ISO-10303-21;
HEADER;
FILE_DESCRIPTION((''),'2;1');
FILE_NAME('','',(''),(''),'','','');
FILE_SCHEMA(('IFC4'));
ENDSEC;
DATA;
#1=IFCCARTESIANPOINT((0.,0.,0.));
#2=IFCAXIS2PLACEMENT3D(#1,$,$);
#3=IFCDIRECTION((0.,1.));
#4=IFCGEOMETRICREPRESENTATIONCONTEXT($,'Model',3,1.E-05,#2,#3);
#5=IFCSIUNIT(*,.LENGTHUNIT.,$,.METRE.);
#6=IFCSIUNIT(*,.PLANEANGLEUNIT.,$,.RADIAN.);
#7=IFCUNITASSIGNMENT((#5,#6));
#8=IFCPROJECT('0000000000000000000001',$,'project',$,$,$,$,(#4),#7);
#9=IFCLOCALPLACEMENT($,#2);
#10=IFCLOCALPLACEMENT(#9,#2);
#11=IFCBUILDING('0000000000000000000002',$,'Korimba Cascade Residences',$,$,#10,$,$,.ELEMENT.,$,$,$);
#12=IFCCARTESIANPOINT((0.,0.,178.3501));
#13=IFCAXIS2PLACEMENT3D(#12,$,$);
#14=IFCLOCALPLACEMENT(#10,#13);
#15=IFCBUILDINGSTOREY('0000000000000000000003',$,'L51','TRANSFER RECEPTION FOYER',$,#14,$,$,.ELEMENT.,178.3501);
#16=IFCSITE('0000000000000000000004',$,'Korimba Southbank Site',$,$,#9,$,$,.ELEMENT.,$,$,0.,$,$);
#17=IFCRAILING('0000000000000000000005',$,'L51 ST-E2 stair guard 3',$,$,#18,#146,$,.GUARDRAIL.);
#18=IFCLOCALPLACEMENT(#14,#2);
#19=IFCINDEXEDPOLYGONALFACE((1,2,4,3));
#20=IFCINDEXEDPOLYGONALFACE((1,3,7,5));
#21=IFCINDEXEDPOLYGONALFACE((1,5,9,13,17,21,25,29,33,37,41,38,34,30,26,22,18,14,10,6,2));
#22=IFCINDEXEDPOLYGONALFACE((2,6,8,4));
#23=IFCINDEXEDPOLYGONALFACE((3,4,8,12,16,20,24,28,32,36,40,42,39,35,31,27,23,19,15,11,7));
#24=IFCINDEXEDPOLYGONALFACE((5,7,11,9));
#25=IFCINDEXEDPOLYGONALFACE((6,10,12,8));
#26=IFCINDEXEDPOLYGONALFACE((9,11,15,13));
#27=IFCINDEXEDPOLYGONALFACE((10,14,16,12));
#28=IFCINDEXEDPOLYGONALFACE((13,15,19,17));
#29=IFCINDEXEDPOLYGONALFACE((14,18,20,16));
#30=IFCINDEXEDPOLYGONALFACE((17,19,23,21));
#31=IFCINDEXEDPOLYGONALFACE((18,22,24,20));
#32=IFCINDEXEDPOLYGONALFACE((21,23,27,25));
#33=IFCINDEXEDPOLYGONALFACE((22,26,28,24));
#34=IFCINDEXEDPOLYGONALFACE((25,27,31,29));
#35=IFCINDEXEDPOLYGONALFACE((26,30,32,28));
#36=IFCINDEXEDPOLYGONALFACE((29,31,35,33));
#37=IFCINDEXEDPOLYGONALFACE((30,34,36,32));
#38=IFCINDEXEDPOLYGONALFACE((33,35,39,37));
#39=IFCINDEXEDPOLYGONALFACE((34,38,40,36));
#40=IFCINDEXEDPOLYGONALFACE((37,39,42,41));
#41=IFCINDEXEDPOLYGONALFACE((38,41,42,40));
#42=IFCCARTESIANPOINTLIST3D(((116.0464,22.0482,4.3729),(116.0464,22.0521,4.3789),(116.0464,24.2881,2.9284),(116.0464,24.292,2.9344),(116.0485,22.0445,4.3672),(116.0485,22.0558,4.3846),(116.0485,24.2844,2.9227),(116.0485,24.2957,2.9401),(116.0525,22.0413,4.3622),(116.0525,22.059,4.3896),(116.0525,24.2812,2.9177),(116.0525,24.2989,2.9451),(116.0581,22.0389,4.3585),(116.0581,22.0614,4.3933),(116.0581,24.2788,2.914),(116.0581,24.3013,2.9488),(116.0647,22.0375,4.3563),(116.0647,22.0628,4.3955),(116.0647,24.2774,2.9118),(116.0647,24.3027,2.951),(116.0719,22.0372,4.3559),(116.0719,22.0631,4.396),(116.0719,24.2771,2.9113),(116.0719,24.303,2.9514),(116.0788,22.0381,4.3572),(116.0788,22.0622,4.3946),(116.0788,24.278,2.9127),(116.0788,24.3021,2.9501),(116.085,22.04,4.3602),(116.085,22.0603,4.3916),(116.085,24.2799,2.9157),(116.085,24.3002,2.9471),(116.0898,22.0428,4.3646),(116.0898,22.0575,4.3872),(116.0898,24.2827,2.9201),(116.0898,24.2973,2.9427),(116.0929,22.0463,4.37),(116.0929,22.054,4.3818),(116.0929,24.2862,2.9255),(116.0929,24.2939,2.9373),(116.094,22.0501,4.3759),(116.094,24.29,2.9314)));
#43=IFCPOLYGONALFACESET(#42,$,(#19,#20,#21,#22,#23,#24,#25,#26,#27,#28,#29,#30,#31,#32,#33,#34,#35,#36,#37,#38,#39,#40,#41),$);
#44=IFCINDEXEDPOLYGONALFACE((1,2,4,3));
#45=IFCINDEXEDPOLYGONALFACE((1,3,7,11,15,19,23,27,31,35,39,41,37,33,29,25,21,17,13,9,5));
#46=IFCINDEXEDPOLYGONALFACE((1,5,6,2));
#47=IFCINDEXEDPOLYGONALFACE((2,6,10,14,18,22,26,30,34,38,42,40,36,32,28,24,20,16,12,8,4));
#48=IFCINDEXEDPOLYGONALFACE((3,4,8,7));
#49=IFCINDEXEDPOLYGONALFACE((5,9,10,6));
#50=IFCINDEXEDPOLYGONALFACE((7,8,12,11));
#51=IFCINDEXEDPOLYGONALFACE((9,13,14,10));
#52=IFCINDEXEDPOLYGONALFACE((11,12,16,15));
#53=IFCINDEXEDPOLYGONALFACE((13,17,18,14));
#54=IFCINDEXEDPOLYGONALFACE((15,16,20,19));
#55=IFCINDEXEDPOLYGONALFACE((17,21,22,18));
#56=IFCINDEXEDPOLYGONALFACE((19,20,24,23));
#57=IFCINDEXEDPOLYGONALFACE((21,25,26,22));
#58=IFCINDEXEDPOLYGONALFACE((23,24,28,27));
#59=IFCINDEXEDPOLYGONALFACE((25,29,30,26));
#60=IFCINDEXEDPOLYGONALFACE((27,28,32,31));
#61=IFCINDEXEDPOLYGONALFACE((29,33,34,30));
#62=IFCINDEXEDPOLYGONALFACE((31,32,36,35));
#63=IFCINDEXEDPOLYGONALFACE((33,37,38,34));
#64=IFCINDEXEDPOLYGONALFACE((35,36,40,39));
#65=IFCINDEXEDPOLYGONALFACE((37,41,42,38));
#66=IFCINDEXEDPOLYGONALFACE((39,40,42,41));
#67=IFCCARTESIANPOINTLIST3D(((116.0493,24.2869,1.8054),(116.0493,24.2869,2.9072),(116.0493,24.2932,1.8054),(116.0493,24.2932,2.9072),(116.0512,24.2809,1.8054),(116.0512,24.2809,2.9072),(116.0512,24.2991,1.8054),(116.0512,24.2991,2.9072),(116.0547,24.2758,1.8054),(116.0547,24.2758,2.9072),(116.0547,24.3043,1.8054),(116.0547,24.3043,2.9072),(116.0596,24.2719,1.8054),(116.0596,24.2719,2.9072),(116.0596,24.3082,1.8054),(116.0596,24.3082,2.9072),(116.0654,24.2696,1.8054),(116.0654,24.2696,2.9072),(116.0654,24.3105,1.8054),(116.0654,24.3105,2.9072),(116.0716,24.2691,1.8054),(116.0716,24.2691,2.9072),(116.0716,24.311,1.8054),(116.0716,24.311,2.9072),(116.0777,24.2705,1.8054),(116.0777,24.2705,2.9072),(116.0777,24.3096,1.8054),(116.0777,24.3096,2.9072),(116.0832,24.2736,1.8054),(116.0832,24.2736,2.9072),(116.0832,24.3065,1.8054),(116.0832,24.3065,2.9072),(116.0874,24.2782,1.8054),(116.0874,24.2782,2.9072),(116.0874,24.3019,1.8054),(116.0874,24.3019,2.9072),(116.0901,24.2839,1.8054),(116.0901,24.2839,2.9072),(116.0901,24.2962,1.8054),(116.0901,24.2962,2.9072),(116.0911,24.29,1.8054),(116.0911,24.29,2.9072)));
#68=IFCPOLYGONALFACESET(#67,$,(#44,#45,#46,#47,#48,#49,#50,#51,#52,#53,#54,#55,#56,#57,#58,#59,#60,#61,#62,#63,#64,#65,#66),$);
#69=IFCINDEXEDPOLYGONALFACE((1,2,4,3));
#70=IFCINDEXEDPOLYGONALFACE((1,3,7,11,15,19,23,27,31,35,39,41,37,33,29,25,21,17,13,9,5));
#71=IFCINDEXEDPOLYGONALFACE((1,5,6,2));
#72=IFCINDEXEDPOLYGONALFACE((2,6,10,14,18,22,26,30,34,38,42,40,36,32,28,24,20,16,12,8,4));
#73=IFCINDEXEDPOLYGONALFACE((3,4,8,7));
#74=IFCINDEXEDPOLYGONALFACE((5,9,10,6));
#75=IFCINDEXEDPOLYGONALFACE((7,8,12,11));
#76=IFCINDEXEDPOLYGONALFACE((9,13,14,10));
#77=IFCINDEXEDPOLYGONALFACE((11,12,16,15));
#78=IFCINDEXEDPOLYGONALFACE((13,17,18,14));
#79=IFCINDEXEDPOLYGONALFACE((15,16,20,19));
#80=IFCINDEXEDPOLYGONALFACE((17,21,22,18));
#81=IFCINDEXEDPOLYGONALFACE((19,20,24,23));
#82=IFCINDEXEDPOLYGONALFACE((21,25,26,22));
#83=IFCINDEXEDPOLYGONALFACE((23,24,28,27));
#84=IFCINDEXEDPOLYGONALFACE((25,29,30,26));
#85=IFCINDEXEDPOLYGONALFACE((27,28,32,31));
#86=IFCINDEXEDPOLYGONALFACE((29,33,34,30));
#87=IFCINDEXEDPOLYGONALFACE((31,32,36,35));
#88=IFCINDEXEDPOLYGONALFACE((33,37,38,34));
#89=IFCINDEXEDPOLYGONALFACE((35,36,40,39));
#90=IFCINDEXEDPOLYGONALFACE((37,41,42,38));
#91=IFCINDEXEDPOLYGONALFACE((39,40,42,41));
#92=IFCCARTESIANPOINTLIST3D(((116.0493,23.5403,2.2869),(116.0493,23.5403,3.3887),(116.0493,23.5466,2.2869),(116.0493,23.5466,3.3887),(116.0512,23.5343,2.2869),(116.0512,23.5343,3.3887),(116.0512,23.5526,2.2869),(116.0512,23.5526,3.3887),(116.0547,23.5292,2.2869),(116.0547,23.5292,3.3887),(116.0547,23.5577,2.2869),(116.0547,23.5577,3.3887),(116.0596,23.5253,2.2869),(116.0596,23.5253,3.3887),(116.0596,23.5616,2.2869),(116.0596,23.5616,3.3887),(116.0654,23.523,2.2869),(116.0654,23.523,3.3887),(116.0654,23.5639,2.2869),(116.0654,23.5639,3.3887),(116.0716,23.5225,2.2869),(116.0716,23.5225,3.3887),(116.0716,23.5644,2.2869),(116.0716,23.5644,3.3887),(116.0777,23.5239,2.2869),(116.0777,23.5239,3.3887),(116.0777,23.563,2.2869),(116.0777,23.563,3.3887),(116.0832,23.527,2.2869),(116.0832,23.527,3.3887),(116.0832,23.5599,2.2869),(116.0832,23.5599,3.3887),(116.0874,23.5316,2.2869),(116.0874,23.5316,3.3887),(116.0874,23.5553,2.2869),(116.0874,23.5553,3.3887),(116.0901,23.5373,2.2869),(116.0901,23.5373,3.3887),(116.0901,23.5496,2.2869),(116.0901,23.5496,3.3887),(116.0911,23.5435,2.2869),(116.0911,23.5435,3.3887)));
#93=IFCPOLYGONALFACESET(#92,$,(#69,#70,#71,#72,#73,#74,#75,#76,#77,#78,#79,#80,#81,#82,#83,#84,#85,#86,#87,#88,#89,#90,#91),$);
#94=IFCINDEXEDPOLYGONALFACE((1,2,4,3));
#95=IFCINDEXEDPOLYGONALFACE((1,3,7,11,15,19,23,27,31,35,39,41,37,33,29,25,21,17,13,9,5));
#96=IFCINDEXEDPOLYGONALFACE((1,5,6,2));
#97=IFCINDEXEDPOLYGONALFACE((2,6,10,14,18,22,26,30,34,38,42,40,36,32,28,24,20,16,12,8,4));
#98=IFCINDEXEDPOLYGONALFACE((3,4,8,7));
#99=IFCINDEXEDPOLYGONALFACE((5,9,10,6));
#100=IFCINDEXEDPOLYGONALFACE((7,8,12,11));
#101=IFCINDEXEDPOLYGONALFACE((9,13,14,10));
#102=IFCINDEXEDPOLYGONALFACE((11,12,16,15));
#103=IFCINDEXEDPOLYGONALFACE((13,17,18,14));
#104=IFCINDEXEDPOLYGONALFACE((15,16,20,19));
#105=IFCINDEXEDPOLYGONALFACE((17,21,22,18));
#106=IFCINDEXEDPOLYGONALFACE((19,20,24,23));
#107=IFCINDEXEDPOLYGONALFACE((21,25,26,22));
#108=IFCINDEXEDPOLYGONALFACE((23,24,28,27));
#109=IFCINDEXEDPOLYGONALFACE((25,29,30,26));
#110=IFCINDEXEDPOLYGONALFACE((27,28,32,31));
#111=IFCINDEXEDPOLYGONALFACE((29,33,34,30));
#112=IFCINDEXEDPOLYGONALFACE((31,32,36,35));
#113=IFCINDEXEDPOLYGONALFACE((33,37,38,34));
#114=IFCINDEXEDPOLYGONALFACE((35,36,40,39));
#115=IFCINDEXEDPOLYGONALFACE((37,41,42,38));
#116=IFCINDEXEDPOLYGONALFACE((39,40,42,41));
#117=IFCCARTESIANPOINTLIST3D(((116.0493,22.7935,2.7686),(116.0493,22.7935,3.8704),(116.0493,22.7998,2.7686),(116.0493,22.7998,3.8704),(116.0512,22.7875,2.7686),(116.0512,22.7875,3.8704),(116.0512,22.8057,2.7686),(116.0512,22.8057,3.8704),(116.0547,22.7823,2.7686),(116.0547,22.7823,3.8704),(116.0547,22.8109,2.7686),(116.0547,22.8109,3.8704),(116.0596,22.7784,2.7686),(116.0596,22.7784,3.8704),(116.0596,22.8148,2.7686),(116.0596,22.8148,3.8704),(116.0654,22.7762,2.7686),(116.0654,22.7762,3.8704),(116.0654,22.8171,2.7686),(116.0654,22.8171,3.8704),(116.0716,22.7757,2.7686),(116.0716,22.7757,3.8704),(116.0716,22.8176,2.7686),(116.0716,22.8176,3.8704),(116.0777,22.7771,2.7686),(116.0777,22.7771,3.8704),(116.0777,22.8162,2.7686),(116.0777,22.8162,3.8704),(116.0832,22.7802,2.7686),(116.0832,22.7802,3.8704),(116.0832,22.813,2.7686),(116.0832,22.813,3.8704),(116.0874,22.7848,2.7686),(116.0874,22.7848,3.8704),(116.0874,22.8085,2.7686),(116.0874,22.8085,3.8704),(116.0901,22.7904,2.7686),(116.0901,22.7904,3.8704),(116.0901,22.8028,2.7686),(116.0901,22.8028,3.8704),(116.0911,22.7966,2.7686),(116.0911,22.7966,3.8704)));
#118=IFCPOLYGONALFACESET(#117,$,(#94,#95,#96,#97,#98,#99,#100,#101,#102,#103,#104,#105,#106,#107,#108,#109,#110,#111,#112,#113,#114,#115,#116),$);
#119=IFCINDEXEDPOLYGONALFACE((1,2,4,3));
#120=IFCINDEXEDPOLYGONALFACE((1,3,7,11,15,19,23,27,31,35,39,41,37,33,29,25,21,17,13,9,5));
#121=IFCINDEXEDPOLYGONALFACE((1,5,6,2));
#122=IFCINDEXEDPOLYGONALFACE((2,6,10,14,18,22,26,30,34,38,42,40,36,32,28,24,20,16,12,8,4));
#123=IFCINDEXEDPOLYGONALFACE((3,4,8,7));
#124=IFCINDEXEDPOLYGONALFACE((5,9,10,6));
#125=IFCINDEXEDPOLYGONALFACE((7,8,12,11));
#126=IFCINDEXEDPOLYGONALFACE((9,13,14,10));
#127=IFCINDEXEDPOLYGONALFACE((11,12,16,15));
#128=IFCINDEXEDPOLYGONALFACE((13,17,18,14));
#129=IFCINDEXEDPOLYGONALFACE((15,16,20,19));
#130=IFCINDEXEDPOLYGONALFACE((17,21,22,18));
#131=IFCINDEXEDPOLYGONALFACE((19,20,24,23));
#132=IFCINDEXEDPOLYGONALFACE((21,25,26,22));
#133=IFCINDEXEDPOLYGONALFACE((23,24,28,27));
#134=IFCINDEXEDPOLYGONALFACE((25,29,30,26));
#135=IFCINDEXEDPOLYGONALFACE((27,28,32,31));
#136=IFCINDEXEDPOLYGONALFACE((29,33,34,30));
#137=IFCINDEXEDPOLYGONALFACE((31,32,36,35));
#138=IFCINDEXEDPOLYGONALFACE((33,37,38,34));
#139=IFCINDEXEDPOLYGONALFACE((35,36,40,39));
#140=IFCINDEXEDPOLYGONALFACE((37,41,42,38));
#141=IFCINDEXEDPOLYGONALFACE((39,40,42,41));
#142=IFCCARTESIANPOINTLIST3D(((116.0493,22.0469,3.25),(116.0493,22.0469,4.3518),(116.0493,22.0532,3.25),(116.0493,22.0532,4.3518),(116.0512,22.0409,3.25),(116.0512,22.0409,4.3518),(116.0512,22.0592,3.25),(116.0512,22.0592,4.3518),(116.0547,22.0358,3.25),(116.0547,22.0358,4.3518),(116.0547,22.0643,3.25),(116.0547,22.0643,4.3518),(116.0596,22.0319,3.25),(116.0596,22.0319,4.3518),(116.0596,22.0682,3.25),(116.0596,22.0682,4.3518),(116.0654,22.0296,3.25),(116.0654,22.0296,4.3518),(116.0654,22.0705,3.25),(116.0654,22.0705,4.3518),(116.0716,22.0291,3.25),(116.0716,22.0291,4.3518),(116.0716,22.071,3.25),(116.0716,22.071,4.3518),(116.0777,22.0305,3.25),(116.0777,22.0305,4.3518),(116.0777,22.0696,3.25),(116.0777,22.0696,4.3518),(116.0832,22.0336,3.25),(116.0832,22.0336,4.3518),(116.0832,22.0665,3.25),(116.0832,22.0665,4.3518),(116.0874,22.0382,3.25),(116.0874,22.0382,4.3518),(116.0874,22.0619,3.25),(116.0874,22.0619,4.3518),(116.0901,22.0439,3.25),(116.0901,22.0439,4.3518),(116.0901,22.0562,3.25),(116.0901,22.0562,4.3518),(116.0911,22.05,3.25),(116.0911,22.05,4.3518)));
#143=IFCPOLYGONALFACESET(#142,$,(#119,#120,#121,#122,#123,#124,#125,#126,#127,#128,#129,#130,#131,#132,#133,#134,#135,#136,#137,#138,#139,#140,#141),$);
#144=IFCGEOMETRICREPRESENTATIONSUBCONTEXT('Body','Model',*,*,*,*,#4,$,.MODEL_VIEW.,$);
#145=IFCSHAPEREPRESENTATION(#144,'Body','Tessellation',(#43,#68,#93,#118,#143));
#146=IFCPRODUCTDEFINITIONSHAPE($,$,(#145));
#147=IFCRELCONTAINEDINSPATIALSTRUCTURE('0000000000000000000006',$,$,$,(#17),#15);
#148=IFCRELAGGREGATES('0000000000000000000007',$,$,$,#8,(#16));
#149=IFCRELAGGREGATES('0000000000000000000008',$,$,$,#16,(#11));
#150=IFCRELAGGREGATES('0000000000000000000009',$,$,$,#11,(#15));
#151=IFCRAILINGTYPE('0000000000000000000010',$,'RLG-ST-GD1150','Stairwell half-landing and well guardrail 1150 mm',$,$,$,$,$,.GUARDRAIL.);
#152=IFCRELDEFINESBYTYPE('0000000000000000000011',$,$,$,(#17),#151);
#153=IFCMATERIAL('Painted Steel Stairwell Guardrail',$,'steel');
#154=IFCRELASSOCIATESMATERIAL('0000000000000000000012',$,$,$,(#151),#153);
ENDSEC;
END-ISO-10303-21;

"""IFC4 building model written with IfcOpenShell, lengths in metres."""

from ifc_helpers import new_model, si_unit, direction, frame, origin, origin_2d, place, context, subcontext, project, spatial, circle, extrude, material, type_object, element, save


model = new_model("IFC4")

# Units and contexts
model_context = context("Model", 3, precision=1e-05, world=origin(), true_north=direction((0.0, 1.0)))
body_context = subcontext(model_context, "Body", "Model", "MODEL_VIEW")
ifc_project = project(units=[si_unit("LENGTHUNIT", "METRE"), si_unit("PLANEANGLEUNIT", "RADIAN")], contexts=[model_context])

# Site, building, storey
site_placement = place(None, origin())
site = spatial("IfcSite", under=ifc_project, at=site_placement, Name="Korimba Southbank Site", CompositionType="ELEMENT", RefElevation=0.0)
building_placement = place(site_placement, origin())
building = spatial("IfcBuilding", under=site, at=building_placement, Name="Korimba Cascade Residences", CompositionType="ELEMENT")
storey_placement = place(building_placement, frame((0.0, 0.0, 178.3501)))
storey = spatial("IfcBuildingStorey", under=building, at=storey_placement, Name="L51", Description="TRANSFER RECEPTION FOYER", CompositionType="ELEMENT", Elevation=178.3501)

# Railing
ifc_material_1 = material(Name="Painted Steel Stairwell Guardrail", Category="steel")
railing_type = type_object("IfcRailingType", Name="RLG-ST-GD1150", Description="Stairwell half-landing and well guardrail 1150 mm", PredefinedType="GUARDRAIL", material=ifc_material_1)
railing_1_placement = place(storey_placement, frame((116.0701, 24.29, 1.8054)))
element("IfcRailing", 1, at=railing_1_placement, inside=storey, type_object=railing_type, Name="L51 ST-E2 stair guard 3", PredefinedType="GUARDRAIL", context=body_context, shape_type="SweptSolid", body=[
    extrude(circle(Radius=0.0239, at=origin_2d()), frame((0.0, 0.0, 1.126), z_axis=(0.0, -0.840395, 0.541975), x_axis=(1.0, 0.0, 0.0)), (0.0, 0.0, 1.0), 2.6653),
    extrude(circle(Radius=0.021, at=origin_2d()), origin(), (0.0, 0.0, 1.0), 1.1018),
    extrude(circle(Radius=0.021, at=origin_2d()), frame((0.0, -0.7466, 0.4814)), (0.0, 0.0, 1.0), 1.1018),
    extrude(circle(Radius=0.021, at=origin_2d()), frame((0.0, -1.4934, 0.9631)), (0.0, 0.0, 1.0), 1.1018),
    extrude(circle(Radius=0.021, at=origin_2d()), frame((0.0, -2.24, 1.4446)), (0.0, 0.0, 1.0), 1.1018),
])

save(model, "model.ifc")
